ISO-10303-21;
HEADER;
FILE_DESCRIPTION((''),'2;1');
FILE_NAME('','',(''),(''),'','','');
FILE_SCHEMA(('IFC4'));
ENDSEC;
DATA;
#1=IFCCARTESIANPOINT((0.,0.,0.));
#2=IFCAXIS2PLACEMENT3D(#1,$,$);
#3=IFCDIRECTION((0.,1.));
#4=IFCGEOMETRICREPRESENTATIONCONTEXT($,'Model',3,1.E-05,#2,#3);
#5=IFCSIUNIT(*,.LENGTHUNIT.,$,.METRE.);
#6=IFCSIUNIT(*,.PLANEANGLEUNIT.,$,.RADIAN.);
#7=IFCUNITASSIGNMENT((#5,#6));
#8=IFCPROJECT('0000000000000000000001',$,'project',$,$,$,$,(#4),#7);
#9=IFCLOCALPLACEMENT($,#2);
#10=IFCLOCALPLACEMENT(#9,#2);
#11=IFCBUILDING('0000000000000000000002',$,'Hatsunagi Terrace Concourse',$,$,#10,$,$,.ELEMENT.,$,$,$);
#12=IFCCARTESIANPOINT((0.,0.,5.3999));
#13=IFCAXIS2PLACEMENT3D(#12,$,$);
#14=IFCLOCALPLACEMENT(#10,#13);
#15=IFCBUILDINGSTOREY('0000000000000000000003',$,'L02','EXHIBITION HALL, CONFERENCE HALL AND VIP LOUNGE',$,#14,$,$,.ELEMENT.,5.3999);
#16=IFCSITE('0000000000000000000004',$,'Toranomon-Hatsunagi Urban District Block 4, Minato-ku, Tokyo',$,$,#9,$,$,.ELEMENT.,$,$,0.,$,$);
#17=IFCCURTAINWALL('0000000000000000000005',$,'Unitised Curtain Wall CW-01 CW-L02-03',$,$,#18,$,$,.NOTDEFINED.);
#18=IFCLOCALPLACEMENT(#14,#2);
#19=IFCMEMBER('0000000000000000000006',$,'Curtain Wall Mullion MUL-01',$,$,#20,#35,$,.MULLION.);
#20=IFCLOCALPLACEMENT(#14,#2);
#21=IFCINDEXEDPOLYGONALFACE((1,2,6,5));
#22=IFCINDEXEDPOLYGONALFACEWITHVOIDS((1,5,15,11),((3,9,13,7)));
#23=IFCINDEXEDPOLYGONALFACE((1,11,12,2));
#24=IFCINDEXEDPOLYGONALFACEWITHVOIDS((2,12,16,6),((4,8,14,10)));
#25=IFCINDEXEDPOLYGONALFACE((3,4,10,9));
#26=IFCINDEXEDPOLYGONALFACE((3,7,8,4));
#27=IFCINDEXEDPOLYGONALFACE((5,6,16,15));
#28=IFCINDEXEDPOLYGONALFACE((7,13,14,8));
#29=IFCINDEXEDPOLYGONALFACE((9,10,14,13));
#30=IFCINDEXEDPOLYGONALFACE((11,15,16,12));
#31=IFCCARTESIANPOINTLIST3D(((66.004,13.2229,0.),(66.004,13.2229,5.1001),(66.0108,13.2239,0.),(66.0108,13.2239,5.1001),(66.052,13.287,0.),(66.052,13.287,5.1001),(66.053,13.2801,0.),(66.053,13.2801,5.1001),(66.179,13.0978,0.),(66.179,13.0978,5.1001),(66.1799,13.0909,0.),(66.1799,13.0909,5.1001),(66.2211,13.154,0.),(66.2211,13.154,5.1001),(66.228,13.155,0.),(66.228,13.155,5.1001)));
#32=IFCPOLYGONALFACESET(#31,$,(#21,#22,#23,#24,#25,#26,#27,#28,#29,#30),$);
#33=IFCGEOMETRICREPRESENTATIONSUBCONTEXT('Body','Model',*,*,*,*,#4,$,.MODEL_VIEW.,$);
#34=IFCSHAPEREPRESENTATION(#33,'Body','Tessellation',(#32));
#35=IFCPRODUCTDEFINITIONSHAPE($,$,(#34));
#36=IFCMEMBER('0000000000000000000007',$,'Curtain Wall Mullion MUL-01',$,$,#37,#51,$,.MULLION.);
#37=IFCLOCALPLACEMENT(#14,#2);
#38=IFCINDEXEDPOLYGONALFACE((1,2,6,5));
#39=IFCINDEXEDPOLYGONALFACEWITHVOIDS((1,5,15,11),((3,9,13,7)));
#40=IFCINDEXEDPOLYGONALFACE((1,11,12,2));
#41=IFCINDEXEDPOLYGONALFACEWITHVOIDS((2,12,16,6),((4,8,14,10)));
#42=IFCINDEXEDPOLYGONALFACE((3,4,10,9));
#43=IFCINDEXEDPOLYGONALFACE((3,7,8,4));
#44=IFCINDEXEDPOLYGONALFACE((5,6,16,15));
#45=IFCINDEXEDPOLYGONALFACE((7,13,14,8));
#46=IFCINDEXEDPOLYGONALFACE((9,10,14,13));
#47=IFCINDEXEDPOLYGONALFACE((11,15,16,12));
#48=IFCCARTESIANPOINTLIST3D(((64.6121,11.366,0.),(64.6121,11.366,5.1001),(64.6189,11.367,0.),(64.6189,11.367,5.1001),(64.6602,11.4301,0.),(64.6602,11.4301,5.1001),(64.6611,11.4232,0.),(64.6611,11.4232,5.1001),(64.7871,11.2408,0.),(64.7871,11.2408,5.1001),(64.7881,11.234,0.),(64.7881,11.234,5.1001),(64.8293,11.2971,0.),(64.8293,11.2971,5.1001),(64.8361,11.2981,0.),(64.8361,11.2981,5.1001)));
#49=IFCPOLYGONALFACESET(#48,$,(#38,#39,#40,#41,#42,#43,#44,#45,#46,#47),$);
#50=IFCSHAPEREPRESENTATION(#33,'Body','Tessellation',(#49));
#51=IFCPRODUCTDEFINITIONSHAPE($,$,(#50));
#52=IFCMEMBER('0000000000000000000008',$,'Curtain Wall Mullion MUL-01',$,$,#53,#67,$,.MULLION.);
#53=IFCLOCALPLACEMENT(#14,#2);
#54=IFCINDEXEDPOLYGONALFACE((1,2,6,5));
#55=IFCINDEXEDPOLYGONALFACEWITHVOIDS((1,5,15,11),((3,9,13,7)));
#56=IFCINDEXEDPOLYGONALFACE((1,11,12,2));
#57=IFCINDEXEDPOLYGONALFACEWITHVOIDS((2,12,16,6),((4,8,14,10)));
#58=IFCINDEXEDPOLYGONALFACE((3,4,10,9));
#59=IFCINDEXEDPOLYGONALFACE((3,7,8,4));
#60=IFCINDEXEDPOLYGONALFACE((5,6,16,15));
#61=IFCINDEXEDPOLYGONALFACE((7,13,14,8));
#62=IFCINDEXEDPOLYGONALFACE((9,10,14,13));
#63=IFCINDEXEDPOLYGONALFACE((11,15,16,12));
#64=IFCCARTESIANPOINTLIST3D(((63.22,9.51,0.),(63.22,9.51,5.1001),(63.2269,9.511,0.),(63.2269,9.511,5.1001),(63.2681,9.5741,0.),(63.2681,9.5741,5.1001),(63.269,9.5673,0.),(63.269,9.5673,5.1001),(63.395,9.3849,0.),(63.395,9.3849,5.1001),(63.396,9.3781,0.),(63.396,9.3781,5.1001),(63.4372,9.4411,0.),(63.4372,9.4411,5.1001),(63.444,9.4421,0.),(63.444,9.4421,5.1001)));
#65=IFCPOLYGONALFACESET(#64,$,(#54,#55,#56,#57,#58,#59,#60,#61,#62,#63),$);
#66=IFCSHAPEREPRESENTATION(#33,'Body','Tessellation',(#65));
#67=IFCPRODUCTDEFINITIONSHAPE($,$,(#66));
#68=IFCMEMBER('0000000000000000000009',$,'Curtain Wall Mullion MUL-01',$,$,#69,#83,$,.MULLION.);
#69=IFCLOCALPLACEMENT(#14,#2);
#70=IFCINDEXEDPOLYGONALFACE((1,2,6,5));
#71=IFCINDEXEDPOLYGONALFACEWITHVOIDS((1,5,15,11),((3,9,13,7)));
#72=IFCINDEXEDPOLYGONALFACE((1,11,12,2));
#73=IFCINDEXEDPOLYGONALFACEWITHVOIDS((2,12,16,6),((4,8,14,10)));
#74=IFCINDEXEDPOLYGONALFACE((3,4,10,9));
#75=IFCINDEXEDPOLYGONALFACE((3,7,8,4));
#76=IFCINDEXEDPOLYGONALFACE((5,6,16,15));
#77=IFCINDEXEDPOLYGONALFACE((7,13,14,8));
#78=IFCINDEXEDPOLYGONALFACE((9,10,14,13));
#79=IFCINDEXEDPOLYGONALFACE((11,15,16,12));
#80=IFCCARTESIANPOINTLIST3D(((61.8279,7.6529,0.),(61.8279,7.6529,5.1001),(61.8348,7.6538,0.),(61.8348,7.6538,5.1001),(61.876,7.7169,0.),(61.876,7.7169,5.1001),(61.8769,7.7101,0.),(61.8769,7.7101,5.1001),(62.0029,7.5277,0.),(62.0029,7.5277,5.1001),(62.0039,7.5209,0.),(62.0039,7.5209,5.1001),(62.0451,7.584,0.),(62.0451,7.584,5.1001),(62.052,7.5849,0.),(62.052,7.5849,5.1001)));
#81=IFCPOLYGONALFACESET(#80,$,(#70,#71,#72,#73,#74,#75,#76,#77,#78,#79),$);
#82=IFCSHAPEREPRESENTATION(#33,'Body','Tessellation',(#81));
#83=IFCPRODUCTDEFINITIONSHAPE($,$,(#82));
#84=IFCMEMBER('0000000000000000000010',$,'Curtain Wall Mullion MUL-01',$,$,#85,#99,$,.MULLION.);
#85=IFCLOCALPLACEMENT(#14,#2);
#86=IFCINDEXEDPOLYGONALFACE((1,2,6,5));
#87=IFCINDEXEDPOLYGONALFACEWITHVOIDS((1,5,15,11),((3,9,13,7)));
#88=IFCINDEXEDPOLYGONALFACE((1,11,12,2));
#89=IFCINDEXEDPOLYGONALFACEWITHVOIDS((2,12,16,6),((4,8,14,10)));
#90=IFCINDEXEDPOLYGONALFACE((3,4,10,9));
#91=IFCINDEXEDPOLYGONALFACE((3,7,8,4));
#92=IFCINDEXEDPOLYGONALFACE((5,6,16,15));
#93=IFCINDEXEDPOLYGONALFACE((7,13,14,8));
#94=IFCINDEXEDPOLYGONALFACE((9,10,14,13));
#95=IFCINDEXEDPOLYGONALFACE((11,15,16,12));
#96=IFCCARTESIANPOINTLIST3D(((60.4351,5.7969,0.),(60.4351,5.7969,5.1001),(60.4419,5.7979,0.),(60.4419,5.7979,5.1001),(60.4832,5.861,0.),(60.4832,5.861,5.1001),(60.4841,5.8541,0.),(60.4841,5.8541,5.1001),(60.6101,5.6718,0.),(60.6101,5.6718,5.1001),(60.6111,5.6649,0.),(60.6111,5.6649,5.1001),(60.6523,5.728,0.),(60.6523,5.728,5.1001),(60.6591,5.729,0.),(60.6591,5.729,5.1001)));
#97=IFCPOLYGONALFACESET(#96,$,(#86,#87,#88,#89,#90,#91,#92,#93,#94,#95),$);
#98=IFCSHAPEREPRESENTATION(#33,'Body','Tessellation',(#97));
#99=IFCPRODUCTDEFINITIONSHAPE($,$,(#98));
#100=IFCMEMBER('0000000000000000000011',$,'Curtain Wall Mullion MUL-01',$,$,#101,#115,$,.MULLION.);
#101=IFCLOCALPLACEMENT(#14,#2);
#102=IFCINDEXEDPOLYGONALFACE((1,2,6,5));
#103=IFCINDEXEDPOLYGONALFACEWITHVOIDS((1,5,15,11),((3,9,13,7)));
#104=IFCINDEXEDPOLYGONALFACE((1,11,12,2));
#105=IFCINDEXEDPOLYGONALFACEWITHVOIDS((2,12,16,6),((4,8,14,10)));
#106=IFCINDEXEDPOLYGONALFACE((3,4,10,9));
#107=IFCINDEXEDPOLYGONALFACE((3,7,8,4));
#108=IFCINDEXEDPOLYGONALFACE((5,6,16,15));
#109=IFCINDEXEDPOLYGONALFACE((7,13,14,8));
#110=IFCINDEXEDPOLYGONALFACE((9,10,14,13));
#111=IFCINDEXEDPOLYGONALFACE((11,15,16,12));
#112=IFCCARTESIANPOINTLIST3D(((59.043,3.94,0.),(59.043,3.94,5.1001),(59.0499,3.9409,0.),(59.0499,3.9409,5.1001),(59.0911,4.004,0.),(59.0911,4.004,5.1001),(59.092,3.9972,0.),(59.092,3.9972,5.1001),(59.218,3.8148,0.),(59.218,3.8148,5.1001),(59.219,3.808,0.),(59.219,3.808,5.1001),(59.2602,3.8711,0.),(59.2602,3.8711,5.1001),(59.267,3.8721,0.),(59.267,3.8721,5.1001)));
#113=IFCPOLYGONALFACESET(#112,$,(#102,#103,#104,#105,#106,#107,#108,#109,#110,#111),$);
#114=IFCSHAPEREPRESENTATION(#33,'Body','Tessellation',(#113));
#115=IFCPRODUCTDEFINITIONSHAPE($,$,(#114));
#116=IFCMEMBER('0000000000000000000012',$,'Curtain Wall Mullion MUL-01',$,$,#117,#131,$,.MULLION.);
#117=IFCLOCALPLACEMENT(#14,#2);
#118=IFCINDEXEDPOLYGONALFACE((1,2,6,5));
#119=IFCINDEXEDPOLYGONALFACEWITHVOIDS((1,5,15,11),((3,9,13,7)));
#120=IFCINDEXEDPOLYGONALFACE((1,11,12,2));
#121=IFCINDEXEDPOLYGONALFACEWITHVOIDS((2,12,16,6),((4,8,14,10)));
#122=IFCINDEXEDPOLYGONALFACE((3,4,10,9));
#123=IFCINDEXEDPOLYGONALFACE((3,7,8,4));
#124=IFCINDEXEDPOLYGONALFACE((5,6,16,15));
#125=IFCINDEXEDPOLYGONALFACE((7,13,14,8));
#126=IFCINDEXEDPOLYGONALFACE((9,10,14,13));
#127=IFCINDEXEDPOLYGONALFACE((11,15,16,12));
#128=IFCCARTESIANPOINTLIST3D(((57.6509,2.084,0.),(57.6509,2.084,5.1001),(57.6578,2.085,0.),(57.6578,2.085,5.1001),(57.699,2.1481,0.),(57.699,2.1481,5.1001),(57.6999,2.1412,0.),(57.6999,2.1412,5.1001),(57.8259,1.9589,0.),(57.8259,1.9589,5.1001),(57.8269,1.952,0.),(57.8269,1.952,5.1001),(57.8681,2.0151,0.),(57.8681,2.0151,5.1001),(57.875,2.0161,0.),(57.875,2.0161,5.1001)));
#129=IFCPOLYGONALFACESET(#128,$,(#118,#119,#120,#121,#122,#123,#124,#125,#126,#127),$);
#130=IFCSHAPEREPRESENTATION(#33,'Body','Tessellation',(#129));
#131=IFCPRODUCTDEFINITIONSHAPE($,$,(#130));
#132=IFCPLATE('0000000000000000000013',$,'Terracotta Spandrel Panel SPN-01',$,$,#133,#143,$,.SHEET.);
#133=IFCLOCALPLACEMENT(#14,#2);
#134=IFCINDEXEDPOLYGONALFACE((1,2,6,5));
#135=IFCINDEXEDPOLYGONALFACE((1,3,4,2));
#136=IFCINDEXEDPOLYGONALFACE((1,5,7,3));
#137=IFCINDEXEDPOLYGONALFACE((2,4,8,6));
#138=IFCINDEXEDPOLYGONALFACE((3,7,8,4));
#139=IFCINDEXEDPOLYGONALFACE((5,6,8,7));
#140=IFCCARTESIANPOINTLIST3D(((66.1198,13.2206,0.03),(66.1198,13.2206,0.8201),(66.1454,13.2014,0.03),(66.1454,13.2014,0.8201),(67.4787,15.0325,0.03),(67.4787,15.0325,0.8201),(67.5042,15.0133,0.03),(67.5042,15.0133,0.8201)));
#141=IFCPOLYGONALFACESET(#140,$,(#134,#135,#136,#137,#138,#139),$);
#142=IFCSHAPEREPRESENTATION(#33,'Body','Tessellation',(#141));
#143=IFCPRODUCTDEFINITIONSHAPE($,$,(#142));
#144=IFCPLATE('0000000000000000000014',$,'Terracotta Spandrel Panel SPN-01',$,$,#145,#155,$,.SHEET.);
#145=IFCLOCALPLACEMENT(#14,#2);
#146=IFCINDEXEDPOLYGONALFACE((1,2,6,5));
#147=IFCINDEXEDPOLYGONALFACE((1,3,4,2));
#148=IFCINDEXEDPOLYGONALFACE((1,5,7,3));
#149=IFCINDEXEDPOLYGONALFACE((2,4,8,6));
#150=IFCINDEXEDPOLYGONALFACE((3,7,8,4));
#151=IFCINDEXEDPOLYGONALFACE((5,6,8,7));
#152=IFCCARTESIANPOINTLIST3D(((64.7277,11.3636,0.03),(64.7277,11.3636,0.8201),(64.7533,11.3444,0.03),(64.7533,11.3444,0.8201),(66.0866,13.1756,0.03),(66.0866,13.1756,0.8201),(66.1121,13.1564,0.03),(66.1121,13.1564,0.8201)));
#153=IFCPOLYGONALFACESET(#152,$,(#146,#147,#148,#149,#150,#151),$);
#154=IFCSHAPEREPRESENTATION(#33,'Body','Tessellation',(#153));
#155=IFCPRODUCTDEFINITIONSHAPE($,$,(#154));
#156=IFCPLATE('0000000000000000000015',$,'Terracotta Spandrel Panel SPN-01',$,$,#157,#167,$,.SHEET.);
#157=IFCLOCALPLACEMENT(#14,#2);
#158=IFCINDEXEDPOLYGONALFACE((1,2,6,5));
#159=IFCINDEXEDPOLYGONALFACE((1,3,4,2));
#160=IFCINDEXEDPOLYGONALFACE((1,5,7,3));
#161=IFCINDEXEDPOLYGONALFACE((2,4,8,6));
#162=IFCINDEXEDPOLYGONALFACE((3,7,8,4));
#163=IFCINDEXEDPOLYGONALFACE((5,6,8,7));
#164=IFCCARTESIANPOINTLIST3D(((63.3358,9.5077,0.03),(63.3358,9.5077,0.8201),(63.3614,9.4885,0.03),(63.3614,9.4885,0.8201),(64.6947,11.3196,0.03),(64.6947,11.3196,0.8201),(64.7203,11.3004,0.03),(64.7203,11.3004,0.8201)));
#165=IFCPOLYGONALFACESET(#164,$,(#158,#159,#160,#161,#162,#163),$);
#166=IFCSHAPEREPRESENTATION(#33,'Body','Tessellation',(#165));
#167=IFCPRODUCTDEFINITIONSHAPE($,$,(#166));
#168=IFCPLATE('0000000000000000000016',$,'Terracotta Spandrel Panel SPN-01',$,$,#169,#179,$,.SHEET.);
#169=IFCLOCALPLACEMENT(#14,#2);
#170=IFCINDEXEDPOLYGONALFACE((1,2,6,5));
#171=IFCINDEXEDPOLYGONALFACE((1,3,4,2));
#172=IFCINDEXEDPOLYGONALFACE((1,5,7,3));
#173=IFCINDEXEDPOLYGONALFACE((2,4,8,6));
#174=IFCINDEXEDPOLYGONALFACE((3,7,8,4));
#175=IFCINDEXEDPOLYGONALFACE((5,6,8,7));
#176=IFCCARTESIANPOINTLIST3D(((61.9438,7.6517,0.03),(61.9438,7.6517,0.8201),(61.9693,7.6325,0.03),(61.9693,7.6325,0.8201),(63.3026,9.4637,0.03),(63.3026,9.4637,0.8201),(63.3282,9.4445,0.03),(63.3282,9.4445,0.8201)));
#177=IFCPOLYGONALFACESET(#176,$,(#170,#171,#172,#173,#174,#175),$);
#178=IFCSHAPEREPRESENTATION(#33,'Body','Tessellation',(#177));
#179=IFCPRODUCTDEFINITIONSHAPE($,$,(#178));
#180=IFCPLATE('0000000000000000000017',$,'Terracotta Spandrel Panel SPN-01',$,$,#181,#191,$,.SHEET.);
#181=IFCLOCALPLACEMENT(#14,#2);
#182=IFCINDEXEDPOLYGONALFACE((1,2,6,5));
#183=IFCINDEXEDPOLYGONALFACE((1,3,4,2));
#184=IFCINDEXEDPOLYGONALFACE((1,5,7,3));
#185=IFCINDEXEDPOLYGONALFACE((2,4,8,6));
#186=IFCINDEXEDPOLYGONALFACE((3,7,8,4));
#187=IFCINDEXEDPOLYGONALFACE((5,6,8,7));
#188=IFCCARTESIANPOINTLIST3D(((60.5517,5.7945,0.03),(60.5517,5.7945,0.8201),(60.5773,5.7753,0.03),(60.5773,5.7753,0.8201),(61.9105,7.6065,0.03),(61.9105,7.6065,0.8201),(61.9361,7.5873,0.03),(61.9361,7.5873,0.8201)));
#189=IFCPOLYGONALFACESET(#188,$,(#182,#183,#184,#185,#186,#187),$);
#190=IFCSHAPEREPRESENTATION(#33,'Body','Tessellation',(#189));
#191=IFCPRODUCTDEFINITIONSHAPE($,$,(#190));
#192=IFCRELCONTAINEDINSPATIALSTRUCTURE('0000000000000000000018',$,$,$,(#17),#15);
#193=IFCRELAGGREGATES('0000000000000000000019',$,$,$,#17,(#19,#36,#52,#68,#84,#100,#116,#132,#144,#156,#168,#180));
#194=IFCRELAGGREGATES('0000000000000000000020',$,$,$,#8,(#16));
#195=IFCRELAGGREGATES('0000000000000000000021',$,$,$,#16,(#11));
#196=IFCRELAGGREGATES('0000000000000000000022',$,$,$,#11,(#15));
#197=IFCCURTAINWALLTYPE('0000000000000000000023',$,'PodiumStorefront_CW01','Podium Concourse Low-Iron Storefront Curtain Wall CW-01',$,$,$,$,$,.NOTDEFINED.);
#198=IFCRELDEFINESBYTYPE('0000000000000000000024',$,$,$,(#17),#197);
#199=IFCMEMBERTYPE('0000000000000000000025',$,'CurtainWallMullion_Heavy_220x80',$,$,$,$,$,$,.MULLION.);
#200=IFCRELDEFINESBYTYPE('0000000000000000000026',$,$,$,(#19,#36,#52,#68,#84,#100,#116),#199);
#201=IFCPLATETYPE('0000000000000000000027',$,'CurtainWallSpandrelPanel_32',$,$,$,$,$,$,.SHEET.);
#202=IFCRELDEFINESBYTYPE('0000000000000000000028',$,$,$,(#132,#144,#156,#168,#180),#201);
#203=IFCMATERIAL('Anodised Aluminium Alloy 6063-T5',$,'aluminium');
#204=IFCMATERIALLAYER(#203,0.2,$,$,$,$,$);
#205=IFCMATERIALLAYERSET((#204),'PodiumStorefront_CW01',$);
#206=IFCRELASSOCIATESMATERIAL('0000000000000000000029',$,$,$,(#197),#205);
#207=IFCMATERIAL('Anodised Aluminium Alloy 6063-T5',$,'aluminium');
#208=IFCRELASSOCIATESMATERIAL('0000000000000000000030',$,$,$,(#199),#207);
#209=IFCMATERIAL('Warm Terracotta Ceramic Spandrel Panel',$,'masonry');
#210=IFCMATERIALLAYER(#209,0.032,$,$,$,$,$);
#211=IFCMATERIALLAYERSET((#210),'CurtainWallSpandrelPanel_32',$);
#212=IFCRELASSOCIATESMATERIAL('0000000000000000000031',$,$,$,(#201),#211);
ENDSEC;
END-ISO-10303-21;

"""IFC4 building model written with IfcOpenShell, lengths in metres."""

from ifc_helpers import new_model, si_unit, direction, frame, origin, origin_2d, place, context, subcontext, project, spatial, rectangle, hollow_rectangle, extrude, material, layer, layer_set, material_profile, profile_set, type_object, element, aggregate, save


model = new_model("IFC4")

# Units and contexts
model_context = context("Model", 3, precision=1e-05, world=origin(), true_north=direction((0.0, 1.0)))
body_context = subcontext(model_context, "Body", "Model", "MODEL_VIEW")
ifc_project = project(units=[si_unit("LENGTHUNIT", "METRE"), si_unit("PLANEANGLEUNIT", "RADIAN")], contexts=[model_context])

# Site, building, storey
site_placement = place(None, origin())
site = spatial("IfcSite", under=ifc_project, at=site_placement, Name="Toranomon-Hatsunagi Urban District Block 4, Minato-ku, Tokyo", CompositionType="ELEMENT", RefElevation=0.0)
building_placement = place(site_placement, origin())
building = spatial("IfcBuilding", under=site, at=building_placement, Name="Hatsunagi Terrace Concourse", CompositionType="ELEMENT")
storey_placement = place(building_placement, frame((0.0, 0.0, 5.3999)))
storey = spatial("IfcBuildingStorey", under=building, at=storey_placement, Name="L02", Description="EXHIBITION HALL, CONFERENCE HALL AND VIP LOUNGE", CompositionType="ELEMENT", Elevation=5.3999)

# Curtain wall, members, plates
ifc_material_1 = material(Name="Anodised Aluminium Alloy 6063-T5", Category="aluminium")
ifc_layer_1 = layer(ifc_material_1, 0.2)
ifc_layer_set_1 = layer_set([ifc_layer_1], Name="PodiumStorefront_CW01")
curtain_wall_type = type_object("IfcCurtainWallType", Name="PodiumStorefront_CW01", Description="Podium Concourse Low-Iron Storefront Curtain Wall CW-01", PredefinedType="NOTDEFINED", material=ifc_layer_set_1)
curtain_wall_placement = place(storey_placement, origin())
curtain_wall = element("IfcCurtainWall", 1, at=curtain_wall_placement, inside=storey, type_object=curtain_wall_type, Name="Unitised Curtain Wall CW-01 CW-L02-03", PredefinedType="NOTDEFINED")
ifc_material_2 = material(Name="Anodised Aluminium Alloy 6063-T5", Category="aluminium")
ifc_material_profile = material_profile(ifc_material_2, hollow_rectangle(XDim=0.0801, YDim=0.22, WallThickness=0.0049, at=origin_2d()), Name="ALU-MUL-220x80x5")
ifc_profile_set = profile_set([ifc_material_profile], Name="Anodised Aluminium Alloy 6063-T5")
member_type = type_object("IfcMemberType", Name="CurtainWallMullion_Heavy_220x80", PredefinedType="MULLION", material=ifc_profile_set)
member_1_placement = place(storey_placement, frame((66.116, 13.189, 0.0), z_axis=(0.0, 0.0, 1.0), x_axis=(-0.599969, -0.800023, 0.0)))
member_1 = element("IfcMember", 2, at=member_1_placement, type_object=member_type, Name="Curtain Wall Mullion MUL-01", PredefinedType="MULLION", context=body_context, shape_type="SweptSolid", body=[
    extrude(hollow_rectangle(XDim=0.0801, YDim=0.22, WallThickness=0.0049, at=origin_2d()), origin(), (0.0, 0.0, 1.0), 5.1001),
])
member_2_placement = place(storey_placement, frame((64.7241, 11.332, 0.0), z_axis=(0.0, 0.0, 1.0), x_axis=(-0.599969, -0.800023, 0.0)))
member_2 = element("IfcMember", 3, at=member_2_placement, type_object=member_type, Name="Curtain Wall Mullion MUL-01", PredefinedType="MULLION", context=body_context, shape_type="SweptSolid", body=[
    extrude(hollow_rectangle(XDim=0.0801, YDim=0.22, WallThickness=0.0049, at=origin_2d()), origin(), (0.0, 0.0, 1.0), 5.1001),
])
member_3_placement = place(storey_placement, frame((63.332, 9.4761, 0.0), z_axis=(0.0, 0.0, 1.0), x_axis=(-0.599969, -0.800023, 0.0)))
member_3 = element("IfcMember", 4, at=member_3_placement, type_object=member_type, Name="Curtain Wall Mullion MUL-01", PredefinedType="MULLION", context=body_context, shape_type="SweptSolid", body=[
    extrude(hollow_rectangle(XDim=0.0801, YDim=0.22, WallThickness=0.0049, at=origin_2d()), origin(), (0.0, 0.0, 1.0), 5.1001),
])
member_4_placement = place(storey_placement, frame((61.9399, 7.6189, 0.0), z_axis=(0.0, 0.0, 1.0), x_axis=(-0.599969, -0.800023, 0.0)))
member_4 = element("IfcMember", 5, at=member_4_placement, type_object=member_type, Name="Curtain Wall Mullion MUL-01", PredefinedType="MULLION", context=body_context, shape_type="SweptSolid", body=[
    extrude(hollow_rectangle(XDim=0.0801, YDim=0.22, WallThickness=0.0049, at=origin_2d()), origin(), (0.0, 0.0, 1.0), 5.1001),
])
member_5_placement = place(storey_placement, frame((60.5471, 5.7629, 0.0), z_axis=(0.0, 0.0, 1.0), x_axis=(-0.599969, -0.800023, 0.0)))
member_5 = element("IfcMember", 6, at=member_5_placement, type_object=member_type, Name="Curtain Wall Mullion MUL-01", PredefinedType="MULLION", context=body_context, shape_type="SweptSolid", body=[
    extrude(hollow_rectangle(XDim=0.0801, YDim=0.22, WallThickness=0.0049, at=origin_2d()), origin(), (0.0, 0.0, 1.0), 5.1001),
])
member_6_placement = place(storey_placement, frame((59.155, 3.906, 0.0), z_axis=(0.0, 0.0, 1.0), x_axis=(-0.599969, -0.800023, 0.0)))
member_6 = element("IfcMember", 7, at=member_6_placement, type_object=member_type, Name="Curtain Wall Mullion MUL-01", PredefinedType="MULLION", context=body_context, shape_type="SweptSolid", body=[
    extrude(hollow_rectangle(XDim=0.0801, YDim=0.22, WallThickness=0.0049, at=origin_2d()), origin(), (0.0, 0.0, 1.0), 5.1001),
])
member_7_placement = place(storey_placement, frame((57.7629, 2.05, 0.0), z_axis=(0.0, 0.0, 1.0), x_axis=(-0.599969, -0.800023, 0.0)))
member_7 = element("IfcMember", 8, at=member_7_placement, type_object=member_type, Name="Curtain Wall Mullion MUL-01", PredefinedType="MULLION", context=body_context, shape_type="SweptSolid", body=[
    extrude(hollow_rectangle(XDim=0.0801, YDim=0.22, WallThickness=0.0049, at=origin_2d()), origin(), (0.0, 0.0, 1.0), 5.1001),
])
ifc_material_3 = material(Name="Warm Terracotta Ceramic Spandrel Panel", Category="masonry")
ifc_layer_2 = layer(ifc_material_3, 0.032)
ifc_layer_set_2 = layer_set([ifc_layer_2], Name="CurtainWallSpandrelPanel_32")
plate_type_1 = type_object("IfcPlateType", Name="CurtainWallSpandrelPanel_32", PredefinedType="SHEET", material=ifc_layer_set_2)
plate_1_placement = place(storey_placement, frame((66.812, 14.1169, 0.03), z_axis=(0.0, 0.0, 1.0), x_axis=(-0.599969, -0.800023, 0.0)))
plate_1 = element("IfcPlate", 9, at=plate_1_placement, type_object=plate_type_1, Name="Terracotta Spandrel Panel SPN-01", PredefinedType="SHEET", context=body_context, shape_type="SweptSolid", body=[
    extrude(rectangle(XDim=2.2649, YDim=0.032, at=origin_2d()), origin(), (0.0, 0.0, 1.0), 0.79),
])
plate_2_placement = place(storey_placement, frame((65.4199, 12.26, 0.03), z_axis=(0.0, 0.0, 1.0), x_axis=(-0.599969, -0.800023, 0.0)))
plate_2 = element("IfcPlate", 10, at=plate_2_placement, type_object=plate_type_1, Name="Terracotta Spandrel Panel SPN-01", PredefinedType="SHEET", context=body_context, shape_type="SweptSolid", body=[
    extrude(rectangle(XDim=2.2649, YDim=0.032, at=origin_2d()), origin(), (0.0, 0.0, 1.0), 0.79),
])
plate_3_placement = place(storey_placement, frame((64.0281, 10.4041, 0.03), z_axis=(0.0, 0.0, 1.0), x_axis=(-0.599969, -0.800023, 0.0)))
plate_3 = element("IfcPlate", 11, at=plate_3_placement, type_object=plate_type_1, Name="Terracotta Spandrel Panel SPN-01", PredefinedType="SHEET", context=body_context, shape_type="SweptSolid", body=[
    extrude(rectangle(XDim=2.2649, YDim=0.032, at=origin_2d()), origin(), (0.0, 0.0, 1.0), 0.79),
])
plate_4_placement = place(storey_placement, frame((62.636, 8.5481, 0.03), z_axis=(0.0, 0.0, 1.0), x_axis=(-0.599969, -0.800023, 0.0)))
plate_4 = element("IfcPlate", 12, at=plate_4_placement, type_object=plate_type_1, Name="Terracotta Spandrel Panel SPN-01", PredefinedType="SHEET", context=body_context, shape_type="SweptSolid", body=[
    extrude(rectangle(XDim=2.2649, YDim=0.032, at=origin_2d()), origin(), (0.0, 0.0, 1.0), 0.79),
])
plate_5_placement = place(storey_placement, frame((61.2439, 6.6909, 0.03), z_axis=(0.0, 0.0, 1.0), x_axis=(-0.599969, -0.800023, 0.0)))
plate_5 = element("IfcPlate", 13, at=plate_5_placement, type_object=plate_type_1, Name="Terracotta Spandrel Panel SPN-01", PredefinedType="SHEET", context=body_context, shape_type="SweptSolid", body=[
    extrude(rectangle(XDim=2.2649, YDim=0.032, at=origin_2d()), origin(), (0.0, 0.0, 1.0), 0.79),
])
aggregate(curtain_wall, [member_1, member_2, member_3, member_4, member_5, member_6, member_7, plate_1, plate_2, plate_3, plate_4, plate_5])

save(model, "model.ifc")
